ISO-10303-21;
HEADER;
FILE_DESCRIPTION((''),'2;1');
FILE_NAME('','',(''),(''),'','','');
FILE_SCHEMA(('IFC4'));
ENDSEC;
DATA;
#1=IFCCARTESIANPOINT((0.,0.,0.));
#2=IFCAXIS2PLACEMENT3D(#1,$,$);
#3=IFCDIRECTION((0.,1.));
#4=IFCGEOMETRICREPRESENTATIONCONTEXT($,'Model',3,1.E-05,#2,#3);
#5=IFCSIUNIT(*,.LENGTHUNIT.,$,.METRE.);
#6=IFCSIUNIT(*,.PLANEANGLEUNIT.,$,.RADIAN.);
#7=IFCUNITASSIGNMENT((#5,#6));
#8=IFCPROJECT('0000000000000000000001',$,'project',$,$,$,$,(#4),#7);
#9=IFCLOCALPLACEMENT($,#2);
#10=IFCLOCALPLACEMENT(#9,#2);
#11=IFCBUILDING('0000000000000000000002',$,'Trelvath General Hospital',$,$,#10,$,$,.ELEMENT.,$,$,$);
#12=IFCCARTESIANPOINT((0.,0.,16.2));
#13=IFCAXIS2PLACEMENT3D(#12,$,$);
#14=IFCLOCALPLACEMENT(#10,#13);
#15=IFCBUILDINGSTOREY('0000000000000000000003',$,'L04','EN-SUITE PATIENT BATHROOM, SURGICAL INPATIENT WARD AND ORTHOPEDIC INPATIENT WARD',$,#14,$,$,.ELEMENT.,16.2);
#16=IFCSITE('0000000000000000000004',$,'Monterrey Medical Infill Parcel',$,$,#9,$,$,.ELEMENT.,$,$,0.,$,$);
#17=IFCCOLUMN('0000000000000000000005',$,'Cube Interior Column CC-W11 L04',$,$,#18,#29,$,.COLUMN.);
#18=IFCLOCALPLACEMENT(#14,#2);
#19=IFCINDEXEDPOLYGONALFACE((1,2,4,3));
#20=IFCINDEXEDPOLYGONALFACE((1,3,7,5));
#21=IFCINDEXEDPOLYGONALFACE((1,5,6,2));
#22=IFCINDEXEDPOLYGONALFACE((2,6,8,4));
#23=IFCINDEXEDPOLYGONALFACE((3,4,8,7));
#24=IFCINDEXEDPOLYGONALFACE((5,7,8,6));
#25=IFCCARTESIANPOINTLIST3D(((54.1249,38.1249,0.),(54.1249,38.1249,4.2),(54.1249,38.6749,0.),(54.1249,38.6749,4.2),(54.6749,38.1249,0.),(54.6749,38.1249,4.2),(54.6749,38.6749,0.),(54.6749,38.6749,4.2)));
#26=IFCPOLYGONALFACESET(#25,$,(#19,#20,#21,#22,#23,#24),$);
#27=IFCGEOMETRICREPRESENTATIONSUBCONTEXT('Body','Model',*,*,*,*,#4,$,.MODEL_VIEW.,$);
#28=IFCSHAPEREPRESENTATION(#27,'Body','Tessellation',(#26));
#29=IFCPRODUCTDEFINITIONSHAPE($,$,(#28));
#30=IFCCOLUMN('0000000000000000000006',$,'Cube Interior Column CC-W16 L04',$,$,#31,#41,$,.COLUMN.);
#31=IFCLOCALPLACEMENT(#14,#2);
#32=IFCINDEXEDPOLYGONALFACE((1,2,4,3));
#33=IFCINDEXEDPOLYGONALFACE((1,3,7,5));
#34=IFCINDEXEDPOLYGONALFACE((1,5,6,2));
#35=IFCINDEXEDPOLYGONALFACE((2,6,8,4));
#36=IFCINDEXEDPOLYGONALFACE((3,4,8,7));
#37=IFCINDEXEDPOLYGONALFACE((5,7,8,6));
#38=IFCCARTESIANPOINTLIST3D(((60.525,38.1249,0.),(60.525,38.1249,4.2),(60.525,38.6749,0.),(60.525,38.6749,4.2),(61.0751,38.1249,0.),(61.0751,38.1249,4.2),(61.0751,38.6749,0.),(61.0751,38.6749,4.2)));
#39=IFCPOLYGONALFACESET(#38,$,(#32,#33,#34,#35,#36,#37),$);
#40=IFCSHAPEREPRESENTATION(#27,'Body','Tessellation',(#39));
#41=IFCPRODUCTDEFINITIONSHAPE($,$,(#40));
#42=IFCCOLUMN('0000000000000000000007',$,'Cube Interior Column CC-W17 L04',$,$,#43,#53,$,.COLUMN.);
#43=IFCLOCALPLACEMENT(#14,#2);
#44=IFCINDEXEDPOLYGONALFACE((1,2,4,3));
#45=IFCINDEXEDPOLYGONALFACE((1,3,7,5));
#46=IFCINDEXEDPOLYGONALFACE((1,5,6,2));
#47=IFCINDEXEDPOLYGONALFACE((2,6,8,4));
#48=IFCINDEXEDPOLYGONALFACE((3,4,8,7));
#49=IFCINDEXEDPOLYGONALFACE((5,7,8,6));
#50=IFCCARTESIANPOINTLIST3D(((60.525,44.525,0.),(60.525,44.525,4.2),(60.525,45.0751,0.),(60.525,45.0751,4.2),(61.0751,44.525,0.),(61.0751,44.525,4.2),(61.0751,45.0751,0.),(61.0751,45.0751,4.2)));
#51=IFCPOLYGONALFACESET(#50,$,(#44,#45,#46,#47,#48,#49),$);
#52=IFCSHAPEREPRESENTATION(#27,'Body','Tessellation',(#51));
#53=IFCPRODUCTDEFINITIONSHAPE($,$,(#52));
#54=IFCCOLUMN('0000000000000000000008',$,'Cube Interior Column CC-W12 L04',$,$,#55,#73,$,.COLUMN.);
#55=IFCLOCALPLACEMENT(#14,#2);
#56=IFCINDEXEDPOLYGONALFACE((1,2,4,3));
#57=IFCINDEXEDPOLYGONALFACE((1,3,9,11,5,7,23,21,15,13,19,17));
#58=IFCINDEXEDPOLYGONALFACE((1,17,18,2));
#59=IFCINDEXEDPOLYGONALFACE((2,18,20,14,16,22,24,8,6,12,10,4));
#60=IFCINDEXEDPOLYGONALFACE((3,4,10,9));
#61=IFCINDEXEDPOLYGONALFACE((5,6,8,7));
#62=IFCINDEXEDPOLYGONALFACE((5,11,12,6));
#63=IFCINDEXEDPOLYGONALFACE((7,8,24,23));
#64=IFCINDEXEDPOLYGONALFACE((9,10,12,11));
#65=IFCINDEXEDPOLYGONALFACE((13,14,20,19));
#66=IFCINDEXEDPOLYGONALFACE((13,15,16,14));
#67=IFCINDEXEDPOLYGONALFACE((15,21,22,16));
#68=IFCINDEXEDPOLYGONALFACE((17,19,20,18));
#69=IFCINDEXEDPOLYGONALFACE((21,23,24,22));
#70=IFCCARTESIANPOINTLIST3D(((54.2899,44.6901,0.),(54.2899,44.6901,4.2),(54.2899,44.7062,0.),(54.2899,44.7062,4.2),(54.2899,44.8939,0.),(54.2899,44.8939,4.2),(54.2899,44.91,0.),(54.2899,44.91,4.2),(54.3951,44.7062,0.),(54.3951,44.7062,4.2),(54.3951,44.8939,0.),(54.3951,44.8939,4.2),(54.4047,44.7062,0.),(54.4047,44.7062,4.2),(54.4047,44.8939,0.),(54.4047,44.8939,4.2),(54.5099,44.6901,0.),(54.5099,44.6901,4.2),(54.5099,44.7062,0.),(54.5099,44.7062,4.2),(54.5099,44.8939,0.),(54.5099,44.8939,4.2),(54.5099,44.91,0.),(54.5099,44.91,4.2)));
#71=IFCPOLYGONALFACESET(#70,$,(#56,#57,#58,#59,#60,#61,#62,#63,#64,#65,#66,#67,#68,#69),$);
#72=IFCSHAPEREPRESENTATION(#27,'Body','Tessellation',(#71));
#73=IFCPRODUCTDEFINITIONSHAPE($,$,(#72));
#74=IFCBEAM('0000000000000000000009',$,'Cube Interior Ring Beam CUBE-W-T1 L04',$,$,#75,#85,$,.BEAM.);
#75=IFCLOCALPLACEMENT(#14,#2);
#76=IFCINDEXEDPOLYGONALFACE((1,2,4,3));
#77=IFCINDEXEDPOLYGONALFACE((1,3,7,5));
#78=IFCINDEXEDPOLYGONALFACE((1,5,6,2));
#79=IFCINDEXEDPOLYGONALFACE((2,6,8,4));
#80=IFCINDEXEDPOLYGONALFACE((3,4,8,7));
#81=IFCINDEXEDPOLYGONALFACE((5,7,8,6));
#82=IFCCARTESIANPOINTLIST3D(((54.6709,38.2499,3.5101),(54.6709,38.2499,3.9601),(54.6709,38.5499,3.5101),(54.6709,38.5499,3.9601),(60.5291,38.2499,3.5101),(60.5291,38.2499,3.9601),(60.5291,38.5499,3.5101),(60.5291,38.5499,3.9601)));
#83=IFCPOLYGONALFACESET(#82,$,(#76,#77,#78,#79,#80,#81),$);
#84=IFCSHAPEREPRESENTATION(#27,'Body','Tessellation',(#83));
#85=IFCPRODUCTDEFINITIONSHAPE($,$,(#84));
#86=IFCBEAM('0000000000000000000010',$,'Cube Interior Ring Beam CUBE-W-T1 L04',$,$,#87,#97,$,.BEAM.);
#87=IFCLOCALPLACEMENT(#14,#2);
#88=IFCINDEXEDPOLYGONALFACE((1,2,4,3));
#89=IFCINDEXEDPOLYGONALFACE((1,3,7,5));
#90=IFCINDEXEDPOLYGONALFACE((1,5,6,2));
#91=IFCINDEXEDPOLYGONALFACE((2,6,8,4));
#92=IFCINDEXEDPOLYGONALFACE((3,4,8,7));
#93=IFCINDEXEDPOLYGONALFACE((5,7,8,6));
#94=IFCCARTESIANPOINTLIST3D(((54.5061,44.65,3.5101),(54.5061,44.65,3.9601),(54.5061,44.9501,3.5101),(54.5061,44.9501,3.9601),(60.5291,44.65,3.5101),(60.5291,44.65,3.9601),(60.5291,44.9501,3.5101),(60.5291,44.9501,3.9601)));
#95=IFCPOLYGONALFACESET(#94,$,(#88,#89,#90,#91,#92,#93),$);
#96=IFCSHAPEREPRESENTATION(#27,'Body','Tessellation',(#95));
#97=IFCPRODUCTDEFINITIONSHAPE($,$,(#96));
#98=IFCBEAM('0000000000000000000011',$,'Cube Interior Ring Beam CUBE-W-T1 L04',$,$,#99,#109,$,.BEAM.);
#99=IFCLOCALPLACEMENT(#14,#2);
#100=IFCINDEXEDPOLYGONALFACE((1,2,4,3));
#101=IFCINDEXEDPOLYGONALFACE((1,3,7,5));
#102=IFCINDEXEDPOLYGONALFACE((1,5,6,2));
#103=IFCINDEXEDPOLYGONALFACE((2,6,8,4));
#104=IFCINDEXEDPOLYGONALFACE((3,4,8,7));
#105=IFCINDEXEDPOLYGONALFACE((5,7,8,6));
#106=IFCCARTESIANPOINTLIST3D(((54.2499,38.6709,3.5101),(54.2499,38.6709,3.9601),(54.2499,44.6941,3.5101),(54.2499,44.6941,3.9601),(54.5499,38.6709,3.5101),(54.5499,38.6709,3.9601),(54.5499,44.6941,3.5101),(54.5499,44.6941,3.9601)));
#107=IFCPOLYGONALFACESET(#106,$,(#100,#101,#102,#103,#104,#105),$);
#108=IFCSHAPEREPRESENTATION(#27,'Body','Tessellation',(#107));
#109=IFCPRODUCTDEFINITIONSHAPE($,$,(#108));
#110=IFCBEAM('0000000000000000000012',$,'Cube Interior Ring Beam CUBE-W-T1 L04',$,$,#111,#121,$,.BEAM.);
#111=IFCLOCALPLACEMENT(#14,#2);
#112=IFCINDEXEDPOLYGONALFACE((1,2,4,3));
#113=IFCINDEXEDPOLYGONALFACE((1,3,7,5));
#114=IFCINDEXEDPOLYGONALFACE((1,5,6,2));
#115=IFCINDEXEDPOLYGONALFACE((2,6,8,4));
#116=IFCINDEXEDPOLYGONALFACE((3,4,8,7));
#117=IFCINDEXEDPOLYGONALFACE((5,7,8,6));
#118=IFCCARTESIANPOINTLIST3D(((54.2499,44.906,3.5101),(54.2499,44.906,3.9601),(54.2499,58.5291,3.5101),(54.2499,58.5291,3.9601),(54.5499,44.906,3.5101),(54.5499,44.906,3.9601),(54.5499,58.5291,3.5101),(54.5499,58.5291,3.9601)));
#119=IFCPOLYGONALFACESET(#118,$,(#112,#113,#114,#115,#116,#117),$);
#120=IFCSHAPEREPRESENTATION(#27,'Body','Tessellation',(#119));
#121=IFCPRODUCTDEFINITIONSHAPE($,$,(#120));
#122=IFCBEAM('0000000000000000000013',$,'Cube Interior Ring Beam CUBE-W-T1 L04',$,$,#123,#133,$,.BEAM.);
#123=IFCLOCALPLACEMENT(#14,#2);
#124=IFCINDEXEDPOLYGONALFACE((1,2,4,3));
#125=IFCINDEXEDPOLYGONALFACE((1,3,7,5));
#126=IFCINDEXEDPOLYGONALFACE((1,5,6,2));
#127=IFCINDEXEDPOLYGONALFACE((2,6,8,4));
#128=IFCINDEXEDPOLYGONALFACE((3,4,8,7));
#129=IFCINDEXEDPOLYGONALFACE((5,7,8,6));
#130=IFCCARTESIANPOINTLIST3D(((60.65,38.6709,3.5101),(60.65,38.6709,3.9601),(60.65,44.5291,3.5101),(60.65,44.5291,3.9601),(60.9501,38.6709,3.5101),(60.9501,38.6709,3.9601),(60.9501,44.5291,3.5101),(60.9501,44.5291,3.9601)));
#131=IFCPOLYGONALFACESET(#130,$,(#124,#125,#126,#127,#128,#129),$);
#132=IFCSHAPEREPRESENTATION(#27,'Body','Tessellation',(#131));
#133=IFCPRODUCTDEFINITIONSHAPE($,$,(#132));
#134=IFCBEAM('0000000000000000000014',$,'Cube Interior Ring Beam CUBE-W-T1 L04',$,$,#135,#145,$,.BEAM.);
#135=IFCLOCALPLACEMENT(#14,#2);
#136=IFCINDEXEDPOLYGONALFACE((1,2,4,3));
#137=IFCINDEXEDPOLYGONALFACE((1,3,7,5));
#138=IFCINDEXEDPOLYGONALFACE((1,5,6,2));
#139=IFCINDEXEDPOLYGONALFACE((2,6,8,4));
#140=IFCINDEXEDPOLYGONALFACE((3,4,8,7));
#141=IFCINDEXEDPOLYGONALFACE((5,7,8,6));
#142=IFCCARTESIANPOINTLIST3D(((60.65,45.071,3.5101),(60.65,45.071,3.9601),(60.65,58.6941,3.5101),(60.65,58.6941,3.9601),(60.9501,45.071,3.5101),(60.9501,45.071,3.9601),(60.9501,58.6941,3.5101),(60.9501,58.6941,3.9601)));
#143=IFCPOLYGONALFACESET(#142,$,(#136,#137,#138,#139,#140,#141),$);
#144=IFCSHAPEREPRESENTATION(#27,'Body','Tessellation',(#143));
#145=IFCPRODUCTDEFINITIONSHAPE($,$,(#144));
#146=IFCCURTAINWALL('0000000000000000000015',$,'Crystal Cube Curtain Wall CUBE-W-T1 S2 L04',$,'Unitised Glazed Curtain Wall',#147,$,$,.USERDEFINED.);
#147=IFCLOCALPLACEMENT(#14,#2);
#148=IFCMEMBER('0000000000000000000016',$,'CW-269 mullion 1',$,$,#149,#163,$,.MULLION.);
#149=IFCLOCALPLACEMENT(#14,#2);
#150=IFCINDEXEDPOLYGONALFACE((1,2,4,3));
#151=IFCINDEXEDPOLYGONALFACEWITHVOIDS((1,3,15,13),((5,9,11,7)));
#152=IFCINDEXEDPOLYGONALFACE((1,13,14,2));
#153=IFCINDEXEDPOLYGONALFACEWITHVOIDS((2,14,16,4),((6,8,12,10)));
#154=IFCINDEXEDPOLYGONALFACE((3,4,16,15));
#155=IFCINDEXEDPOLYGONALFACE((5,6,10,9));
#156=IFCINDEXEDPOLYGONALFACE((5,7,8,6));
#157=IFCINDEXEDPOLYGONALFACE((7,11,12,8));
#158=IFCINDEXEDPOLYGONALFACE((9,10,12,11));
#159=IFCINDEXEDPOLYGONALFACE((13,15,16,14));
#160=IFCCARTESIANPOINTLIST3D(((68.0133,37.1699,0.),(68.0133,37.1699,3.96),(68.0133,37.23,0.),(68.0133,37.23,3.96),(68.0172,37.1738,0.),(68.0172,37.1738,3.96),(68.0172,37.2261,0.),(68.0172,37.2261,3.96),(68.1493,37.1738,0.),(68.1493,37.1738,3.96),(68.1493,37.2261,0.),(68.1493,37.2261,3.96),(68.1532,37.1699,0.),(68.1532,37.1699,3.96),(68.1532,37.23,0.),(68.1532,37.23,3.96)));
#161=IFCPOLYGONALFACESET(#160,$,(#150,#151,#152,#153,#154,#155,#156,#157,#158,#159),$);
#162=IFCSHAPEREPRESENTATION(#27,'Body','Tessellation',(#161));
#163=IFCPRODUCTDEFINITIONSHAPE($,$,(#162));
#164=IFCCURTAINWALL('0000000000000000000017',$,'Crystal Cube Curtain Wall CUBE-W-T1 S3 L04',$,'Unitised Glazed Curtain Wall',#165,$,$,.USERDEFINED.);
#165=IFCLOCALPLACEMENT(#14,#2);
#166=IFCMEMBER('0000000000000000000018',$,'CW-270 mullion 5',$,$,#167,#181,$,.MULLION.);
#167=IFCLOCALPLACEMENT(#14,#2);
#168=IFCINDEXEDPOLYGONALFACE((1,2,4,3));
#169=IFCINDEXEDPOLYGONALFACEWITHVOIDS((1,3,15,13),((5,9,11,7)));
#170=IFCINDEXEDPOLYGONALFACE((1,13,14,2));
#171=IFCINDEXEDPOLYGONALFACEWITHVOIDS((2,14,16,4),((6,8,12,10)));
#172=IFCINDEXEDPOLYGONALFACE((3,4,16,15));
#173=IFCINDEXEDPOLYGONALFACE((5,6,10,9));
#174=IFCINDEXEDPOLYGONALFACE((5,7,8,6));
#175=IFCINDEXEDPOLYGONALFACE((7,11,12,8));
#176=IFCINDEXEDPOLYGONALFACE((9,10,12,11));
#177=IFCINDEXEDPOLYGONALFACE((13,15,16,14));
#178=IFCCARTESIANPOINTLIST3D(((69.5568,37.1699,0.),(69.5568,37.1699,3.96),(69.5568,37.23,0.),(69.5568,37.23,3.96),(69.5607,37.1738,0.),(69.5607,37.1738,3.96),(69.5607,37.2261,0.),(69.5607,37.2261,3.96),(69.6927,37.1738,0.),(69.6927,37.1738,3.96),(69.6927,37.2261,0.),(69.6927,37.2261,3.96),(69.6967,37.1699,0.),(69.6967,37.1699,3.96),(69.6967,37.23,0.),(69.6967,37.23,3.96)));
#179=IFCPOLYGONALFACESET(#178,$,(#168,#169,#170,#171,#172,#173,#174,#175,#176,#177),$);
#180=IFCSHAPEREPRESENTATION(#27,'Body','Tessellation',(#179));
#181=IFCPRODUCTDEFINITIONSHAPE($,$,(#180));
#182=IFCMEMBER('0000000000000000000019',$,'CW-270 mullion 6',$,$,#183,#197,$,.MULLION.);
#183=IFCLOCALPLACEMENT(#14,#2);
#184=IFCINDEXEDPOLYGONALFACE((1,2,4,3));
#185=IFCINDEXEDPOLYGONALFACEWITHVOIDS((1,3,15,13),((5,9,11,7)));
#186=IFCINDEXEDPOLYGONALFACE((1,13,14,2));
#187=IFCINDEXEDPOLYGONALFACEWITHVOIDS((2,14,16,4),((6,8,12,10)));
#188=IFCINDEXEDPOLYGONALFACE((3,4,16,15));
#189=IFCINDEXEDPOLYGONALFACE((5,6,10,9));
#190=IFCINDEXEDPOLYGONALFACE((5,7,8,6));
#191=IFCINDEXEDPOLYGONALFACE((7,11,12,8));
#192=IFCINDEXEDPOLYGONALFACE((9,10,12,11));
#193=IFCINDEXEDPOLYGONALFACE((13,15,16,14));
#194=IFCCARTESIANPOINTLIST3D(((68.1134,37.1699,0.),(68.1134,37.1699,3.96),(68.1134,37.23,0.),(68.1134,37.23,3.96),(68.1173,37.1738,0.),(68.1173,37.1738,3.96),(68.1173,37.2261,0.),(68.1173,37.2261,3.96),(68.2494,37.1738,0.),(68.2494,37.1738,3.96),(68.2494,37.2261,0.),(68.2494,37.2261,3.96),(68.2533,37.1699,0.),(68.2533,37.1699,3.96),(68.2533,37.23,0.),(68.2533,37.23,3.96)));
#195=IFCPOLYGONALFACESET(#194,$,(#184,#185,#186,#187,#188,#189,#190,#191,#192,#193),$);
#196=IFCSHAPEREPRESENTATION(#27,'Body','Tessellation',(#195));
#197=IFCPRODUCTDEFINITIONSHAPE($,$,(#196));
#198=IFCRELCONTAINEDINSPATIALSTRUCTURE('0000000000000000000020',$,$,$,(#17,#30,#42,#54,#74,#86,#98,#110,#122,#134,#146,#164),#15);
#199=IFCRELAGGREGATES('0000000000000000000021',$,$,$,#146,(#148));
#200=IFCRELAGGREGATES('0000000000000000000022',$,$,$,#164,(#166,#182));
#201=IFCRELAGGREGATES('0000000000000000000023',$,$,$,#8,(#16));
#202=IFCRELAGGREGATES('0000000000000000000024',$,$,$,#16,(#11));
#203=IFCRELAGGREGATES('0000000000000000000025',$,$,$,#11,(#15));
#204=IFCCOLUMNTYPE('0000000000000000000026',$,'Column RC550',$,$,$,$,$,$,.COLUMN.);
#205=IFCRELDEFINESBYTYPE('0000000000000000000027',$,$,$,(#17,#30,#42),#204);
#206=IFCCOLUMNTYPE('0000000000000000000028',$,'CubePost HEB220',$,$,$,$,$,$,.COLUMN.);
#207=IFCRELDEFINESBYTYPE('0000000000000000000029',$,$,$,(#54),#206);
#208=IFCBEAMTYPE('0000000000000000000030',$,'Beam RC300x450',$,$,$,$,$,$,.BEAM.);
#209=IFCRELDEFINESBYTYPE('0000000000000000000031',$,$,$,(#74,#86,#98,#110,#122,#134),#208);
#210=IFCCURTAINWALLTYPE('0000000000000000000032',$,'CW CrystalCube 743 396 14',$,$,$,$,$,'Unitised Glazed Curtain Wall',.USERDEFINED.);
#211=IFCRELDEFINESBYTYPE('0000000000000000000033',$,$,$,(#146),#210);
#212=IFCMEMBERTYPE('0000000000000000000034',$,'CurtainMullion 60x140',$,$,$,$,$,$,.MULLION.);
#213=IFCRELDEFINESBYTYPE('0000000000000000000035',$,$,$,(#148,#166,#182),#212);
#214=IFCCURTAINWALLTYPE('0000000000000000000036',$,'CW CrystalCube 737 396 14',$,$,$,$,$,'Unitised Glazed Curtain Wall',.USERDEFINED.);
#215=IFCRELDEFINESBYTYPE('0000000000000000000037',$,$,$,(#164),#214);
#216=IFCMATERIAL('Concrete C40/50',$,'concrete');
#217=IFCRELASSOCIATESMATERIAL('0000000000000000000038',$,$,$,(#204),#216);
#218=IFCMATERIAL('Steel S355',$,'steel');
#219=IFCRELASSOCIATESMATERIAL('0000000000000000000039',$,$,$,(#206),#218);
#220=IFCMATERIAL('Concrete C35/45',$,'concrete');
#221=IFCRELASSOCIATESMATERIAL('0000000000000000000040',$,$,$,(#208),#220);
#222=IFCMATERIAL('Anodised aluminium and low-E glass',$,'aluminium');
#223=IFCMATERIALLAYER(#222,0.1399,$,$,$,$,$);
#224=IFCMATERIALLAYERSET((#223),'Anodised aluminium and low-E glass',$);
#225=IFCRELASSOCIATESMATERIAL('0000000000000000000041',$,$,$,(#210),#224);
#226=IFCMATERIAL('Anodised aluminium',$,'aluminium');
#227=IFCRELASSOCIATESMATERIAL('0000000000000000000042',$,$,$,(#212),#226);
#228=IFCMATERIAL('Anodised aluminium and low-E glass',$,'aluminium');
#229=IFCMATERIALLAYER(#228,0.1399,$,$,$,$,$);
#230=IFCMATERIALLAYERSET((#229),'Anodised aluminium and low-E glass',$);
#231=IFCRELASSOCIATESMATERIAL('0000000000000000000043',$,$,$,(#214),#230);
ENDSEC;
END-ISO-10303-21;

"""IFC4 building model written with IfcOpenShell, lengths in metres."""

from ifc_helpers import new_model, si_unit, direction, frame, origin, origin_2d, place, context, subcontext, project, spatial, rectangle, hollow_rectangle, i_section, extrude, material, layer, layer_set, material_profile, profile_set, type_object, element, aggregate, save


model = new_model("IFC4")

# Units and contexts
model_context = context("Model", 3, precision=1e-05, world=origin(), true_north=direction((0.0, 1.0)))
body_context = subcontext(model_context, "Body", "Model", "MODEL_VIEW")
ifc_project = project(units=[si_unit("LENGTHUNIT", "METRE"), si_unit("PLANEANGLEUNIT", "RADIAN")], contexts=[model_context])

# Site, building, storey
site_placement = place(None, origin())
site = spatial("IfcSite", under=ifc_project, at=site_placement, Name="Monterrey Medical Infill Parcel", CompositionType="ELEMENT", RefElevation=0.0)
building_placement = place(site_placement, origin())
building = spatial("IfcBuilding", under=site, at=building_placement, Name="Trelvath General Hospital", CompositionType="ELEMENT")
storey_placement = place(building_placement, frame((0.0, 0.0, 16.2)))
storey = spatial("IfcBuildingStorey", under=building, at=storey_placement, Name="L04", Description="EN-SUITE PATIENT BATHROOM, SURGICAL INPATIENT WARD AND ORTHOPEDIC INPATIENT WARD", CompositionType="ELEMENT", Elevation=16.2)

# Columns
ifc_material_1 = material(Name="Concrete C40/50", Category="concrete")
ifc_material_profile_1 = material_profile(ifc_material_1, rectangle(XDim=0.55, YDim=0.55, at=origin_2d()), Name="RC550x550")
ifc_profile_set_1 = profile_set([ifc_material_profile_1], Name="Concrete C40/50")
column_type_1 = type_object("IfcColumnType", Name="Column RC550", PredefinedType="COLUMN", material=ifc_profile_set_1)
for number, where, z_axis, x_axis, name in (
    (1, (54.3999, 38.3999, 0.0), (0.0, 0.0, 1.0), (1.0, 0.0, 0.0), "Cube Interior Column CC-W11 L04"),
    (2, (60.8, 38.3999, 0.0), (0.0, 0.0, 1.0), (1.0, 0.0, 0.0), "Cube Interior Column CC-W16 L04"),
    (3, (60.8, 44.8, 0.0), (0.0, 0.0, 1.0), (1.0, 0.0, 0.0), "Cube Interior Column CC-W17 L04"),
):
    element("IfcColumn", number, at=place(storey_placement, frame(where, z_axis=z_axis, x_axis=x_axis)), inside=storey, type_object=column_type_1, Name=name, PredefinedType="COLUMN", context=body_context, shape_type="SweptSolid", body=[
        extrude(rectangle(XDim=0.55, YDim=0.55, at=origin_2d()), origin(), (0.0, 0.0, 1.0), 4.2),
    ])
ifc_material_2 = material(Name="Steel S355", Category="steel")
ifc_material_profile_2 = material_profile(ifc_material_2, i_section(OverallWidth=0.22, OverallDepth=0.22, WebThickness=0.0095, FlangeThickness=0.0161, at=origin_2d()), Name="HEB220")
ifc_profile_set_2 = profile_set([ifc_material_profile_2], Name="Steel S355")
column_type_2 = type_object("IfcColumnType", Name="CubePost HEB220", PredefinedType="COLUMN", material=ifc_profile_set_2)
column_placement = place(storey_placement, frame((54.3999, 44.8, 0.0), z_axis=(0.0, 0.0, 1.0), x_axis=(1.0, 0.0, 0.0)))
element("IfcColumn", 4, at=column_placement, inside=storey, type_object=column_type_2, Name="Cube Interior Column CC-W12 L04", PredefinedType="COLUMN", context=body_context, shape_type="SweptSolid", body=[
    extrude(i_section(OverallWidth=0.22, OverallDepth=0.22, WebThickness=0.0095, FlangeThickness=0.0161, at=origin_2d()), origin(), (0.0, 0.0, 1.0), 4.2),
])

# Beams
ifc_material_3 = material(Name="Concrete C35/45", Category="concrete")
ifc_material_profile_3 = material_profile(ifc_material_3, rectangle(XDim=0.3, YDim=0.45, at=origin_2d()), Name="RCB300x450")
ifc_profile_set_3 = profile_set([ifc_material_profile_3], Name="Concrete C35/45")
beam_type = type_object("IfcBeamType", Name="Beam RC300x450", PredefinedType="BEAM", material=ifc_profile_set_3)
beam_1_placement = place(storey_placement, frame((54.6709, 38.3999, 3.7351), z_axis=(1.0, 0.0, 0.0), x_axis=(0.0, 1.0, 0.0)))
element("IfcBeam", 5, at=beam_1_placement, inside=storey, type_object=beam_type, Name="Cube Interior Ring Beam CUBE-W-T1 L04", PredefinedType="BEAM", context=body_context, shape_type="SweptSolid", body=[
    extrude(rectangle(XDim=0.3, YDim=0.45, at=origin_2d()), origin(), (0.0, 0.0, 1.0), 5.8582),
])
beam_2_placement = place(storey_placement, frame((54.5061, 44.8, 3.7351), z_axis=(1.0, 0.0, 0.0), x_axis=(0.0, 1.0, 0.0)))
element("IfcBeam", 6, at=beam_2_placement, inside=storey, type_object=beam_type, Name="Cube Interior Ring Beam CUBE-W-T1 L04", PredefinedType="BEAM", context=body_context, shape_type="SweptSolid", body=[
    extrude(rectangle(XDim=0.3, YDim=0.45, at=origin_2d()), origin(), (0.0, 0.0, 1.0), 6.0229),
])
beam_3_placement = place(storey_placement, frame((54.3999, 38.6709, 3.7351), z_axis=(0.0, 1.0, 0.0), x_axis=(-1.0, 0.0, 0.0)))
element("IfcBeam", 7, at=beam_3_placement, inside=storey, type_object=beam_type, Name="Cube Interior Ring Beam CUBE-W-T1 L04", PredefinedType="BEAM", context=body_context, shape_type="SweptSolid", body=[
    extrude(rectangle(XDim=0.3, YDim=0.45, at=origin_2d()), origin(), (0.0, 0.0, 1.0), 6.0232),
])
beam_4_placement = place(storey_placement, frame((54.3999, 44.906, 3.7351), z_axis=(0.0, 1.0, 0.0), x_axis=(-1.0, 0.0, 0.0)))
element("IfcBeam", 8, at=beam_4_placement, inside=storey, type_object=beam_type, Name="Cube Interior Ring Beam CUBE-W-T1 L04", PredefinedType="BEAM", context=body_context, shape_type="SweptSolid", body=[
    extrude(rectangle(XDim=0.3, YDim=0.45, at=origin_2d()), origin(), (0.0, 0.0, 1.0), 13.623),
])
beam_5_placement = place(storey_placement, frame((60.8, 38.6709, 3.7351), z_axis=(0.0, 1.0, 0.0), x_axis=(-1.0, 0.0, 0.0)))
element("IfcBeam", 9, at=beam_5_placement, inside=storey, type_object=beam_type, Name="Cube Interior Ring Beam CUBE-W-T1 L04", PredefinedType="BEAM", context=body_context, shape_type="SweptSolid", body=[
    extrude(rectangle(XDim=0.3, YDim=0.45, at=origin_2d()), origin(), (0.0, 0.0, 1.0), 5.8582),
])
beam_6_placement = place(storey_placement, frame((60.8, 45.071, 3.7351), z_axis=(0.0, 1.0, 0.0), x_axis=(-1.0, 0.0, 0.0)))
element("IfcBeam", 10, at=beam_6_placement, inside=storey, type_object=beam_type, Name="Cube Interior Ring Beam CUBE-W-T1 L04", PredefinedType="BEAM", context=body_context, shape_type="SweptSolid", body=[
    extrude(rectangle(XDim=0.3, YDim=0.45, at=origin_2d()), origin(), (0.0, 0.0, 1.0), 13.623),
])

# Curtain wall, member
ifc_material_4 = material(Name="Anodised aluminium and low-E glass", Category="aluminium")
ifc_layer_1 = layer(ifc_material_4, 0.1399)
ifc_layer_set_1 = layer_set([ifc_layer_1], Name="Anodised aluminium and low-E glass")
curtain_wall_type_1 = type_object("IfcCurtainWallType", Name="CW CrystalCube 743 396 14", ElementType="Unitised Glazed Curtain Wall", PredefinedType="USERDEFINED", material=ifc_layer_set_1)
curtain_wall_1_placement = place(storey_placement, origin())
curtain_wall_1 = element("IfcCurtainWall", 11, at=curtain_wall_1_placement, inside=storey, type_object=curtain_wall_type_1, Name="Crystal Cube Curtain Wall CUBE-W-T1 S2 L04", ObjectType="Unitised Glazed Curtain Wall", PredefinedType="USERDEFINED")
ifc_material_5 = material(Name="Anodised aluminium", Category="aluminium")
ifc_material_profile_4 = material_profile(ifc_material_5, hollow_rectangle(XDim=0.0601, YDim=0.1399, WallThickness=0.0039, at=origin_2d()), Name="RHS60x140x4")
ifc_profile_set_4 = profile_set([ifc_material_profile_4], Name="Anodised aluminium")
member_type_1 = type_object("IfcMemberType", Name="CurtainMullion 60x140", PredefinedType="MULLION", material=ifc_profile_set_4)
member_1_placement = place(storey_placement, frame((68.0833, 37.2, 0.0), z_axis=(0.0, 0.0, 1.0), x_axis=(0.0, -1.0, 0.0)))
member_1 = element("IfcMember", 12, at=member_1_placement, type_object=member_type_1, Name="CW-269 mullion 1", PredefinedType="MULLION", context=body_context, shape_type="SweptSolid", body=[
    extrude(hollow_rectangle(XDim=0.0601, YDim=0.1399, WallThickness=0.0039, at=origin_2d()), origin(), (0.0, 0.0, 1.0), 3.96),
])

# Curtain wall, members
ifc_material_6 = material(Name="Anodised aluminium and low-E glass", Category="aluminium")
ifc_layer_2 = layer(ifc_material_6, 0.1399)
ifc_layer_set_2 = layer_set([ifc_layer_2], Name="Anodised aluminium and low-E glass")
curtain_wall_type_2 = type_object("IfcCurtainWallType", Name="CW CrystalCube 737 396 14", ElementType="Unitised Glazed Curtain Wall", PredefinedType="USERDEFINED", material=ifc_layer_set_2)
curtain_wall_2_placement = place(storey_placement, origin())
curtain_wall_2 = element("IfcCurtainWall", 13, at=curtain_wall_2_placement, inside=storey, type_object=curtain_wall_type_2, Name="Crystal Cube Curtain Wall CUBE-W-T1 S3 L04", ObjectType="Unitised Glazed Curtain Wall", PredefinedType="USERDEFINED")
member_2_placement = place(storey_placement, frame((69.6267, 37.2, 0.0), z_axis=(0.0, 0.0, 1.0), x_axis=(0.0, -1.0, 0.0)))
member_2 = element("IfcMember", 14, at=member_2_placement, type_object=member_type_1, Name="CW-270 mullion 5", PredefinedType="MULLION", context=body_context, shape_type="SweptSolid", body=[
    extrude(hollow_rectangle(XDim=0.0601, YDim=0.1399, WallThickness=0.0039, at=origin_2d()), origin(), (0.0, 0.0, 1.0), 3.96),
])
member_3_placement = place(storey_placement, frame((68.1833, 37.2, 0.0), z_axis=(0.0, 0.0, 1.0), x_axis=(0.0, -1.0, 0.0)))
member_3 = element("IfcMember", 15, at=member_3_placement, type_object=member_type_1, Name="CW-270 mullion 6", PredefinedType="MULLION", context=body_context, shape_type="SweptSolid", body=[
    extrude(hollow_rectangle(XDim=0.0601, YDim=0.1399, WallThickness=0.0039, at=origin_2d()), origin(), (0.0, 0.0, 1.0), 3.96),
])

aggregate(curtain_wall_1, [member_1])

aggregate(curtain_wall_2, [member_2, member_3])

save(model, "model.ifc")
